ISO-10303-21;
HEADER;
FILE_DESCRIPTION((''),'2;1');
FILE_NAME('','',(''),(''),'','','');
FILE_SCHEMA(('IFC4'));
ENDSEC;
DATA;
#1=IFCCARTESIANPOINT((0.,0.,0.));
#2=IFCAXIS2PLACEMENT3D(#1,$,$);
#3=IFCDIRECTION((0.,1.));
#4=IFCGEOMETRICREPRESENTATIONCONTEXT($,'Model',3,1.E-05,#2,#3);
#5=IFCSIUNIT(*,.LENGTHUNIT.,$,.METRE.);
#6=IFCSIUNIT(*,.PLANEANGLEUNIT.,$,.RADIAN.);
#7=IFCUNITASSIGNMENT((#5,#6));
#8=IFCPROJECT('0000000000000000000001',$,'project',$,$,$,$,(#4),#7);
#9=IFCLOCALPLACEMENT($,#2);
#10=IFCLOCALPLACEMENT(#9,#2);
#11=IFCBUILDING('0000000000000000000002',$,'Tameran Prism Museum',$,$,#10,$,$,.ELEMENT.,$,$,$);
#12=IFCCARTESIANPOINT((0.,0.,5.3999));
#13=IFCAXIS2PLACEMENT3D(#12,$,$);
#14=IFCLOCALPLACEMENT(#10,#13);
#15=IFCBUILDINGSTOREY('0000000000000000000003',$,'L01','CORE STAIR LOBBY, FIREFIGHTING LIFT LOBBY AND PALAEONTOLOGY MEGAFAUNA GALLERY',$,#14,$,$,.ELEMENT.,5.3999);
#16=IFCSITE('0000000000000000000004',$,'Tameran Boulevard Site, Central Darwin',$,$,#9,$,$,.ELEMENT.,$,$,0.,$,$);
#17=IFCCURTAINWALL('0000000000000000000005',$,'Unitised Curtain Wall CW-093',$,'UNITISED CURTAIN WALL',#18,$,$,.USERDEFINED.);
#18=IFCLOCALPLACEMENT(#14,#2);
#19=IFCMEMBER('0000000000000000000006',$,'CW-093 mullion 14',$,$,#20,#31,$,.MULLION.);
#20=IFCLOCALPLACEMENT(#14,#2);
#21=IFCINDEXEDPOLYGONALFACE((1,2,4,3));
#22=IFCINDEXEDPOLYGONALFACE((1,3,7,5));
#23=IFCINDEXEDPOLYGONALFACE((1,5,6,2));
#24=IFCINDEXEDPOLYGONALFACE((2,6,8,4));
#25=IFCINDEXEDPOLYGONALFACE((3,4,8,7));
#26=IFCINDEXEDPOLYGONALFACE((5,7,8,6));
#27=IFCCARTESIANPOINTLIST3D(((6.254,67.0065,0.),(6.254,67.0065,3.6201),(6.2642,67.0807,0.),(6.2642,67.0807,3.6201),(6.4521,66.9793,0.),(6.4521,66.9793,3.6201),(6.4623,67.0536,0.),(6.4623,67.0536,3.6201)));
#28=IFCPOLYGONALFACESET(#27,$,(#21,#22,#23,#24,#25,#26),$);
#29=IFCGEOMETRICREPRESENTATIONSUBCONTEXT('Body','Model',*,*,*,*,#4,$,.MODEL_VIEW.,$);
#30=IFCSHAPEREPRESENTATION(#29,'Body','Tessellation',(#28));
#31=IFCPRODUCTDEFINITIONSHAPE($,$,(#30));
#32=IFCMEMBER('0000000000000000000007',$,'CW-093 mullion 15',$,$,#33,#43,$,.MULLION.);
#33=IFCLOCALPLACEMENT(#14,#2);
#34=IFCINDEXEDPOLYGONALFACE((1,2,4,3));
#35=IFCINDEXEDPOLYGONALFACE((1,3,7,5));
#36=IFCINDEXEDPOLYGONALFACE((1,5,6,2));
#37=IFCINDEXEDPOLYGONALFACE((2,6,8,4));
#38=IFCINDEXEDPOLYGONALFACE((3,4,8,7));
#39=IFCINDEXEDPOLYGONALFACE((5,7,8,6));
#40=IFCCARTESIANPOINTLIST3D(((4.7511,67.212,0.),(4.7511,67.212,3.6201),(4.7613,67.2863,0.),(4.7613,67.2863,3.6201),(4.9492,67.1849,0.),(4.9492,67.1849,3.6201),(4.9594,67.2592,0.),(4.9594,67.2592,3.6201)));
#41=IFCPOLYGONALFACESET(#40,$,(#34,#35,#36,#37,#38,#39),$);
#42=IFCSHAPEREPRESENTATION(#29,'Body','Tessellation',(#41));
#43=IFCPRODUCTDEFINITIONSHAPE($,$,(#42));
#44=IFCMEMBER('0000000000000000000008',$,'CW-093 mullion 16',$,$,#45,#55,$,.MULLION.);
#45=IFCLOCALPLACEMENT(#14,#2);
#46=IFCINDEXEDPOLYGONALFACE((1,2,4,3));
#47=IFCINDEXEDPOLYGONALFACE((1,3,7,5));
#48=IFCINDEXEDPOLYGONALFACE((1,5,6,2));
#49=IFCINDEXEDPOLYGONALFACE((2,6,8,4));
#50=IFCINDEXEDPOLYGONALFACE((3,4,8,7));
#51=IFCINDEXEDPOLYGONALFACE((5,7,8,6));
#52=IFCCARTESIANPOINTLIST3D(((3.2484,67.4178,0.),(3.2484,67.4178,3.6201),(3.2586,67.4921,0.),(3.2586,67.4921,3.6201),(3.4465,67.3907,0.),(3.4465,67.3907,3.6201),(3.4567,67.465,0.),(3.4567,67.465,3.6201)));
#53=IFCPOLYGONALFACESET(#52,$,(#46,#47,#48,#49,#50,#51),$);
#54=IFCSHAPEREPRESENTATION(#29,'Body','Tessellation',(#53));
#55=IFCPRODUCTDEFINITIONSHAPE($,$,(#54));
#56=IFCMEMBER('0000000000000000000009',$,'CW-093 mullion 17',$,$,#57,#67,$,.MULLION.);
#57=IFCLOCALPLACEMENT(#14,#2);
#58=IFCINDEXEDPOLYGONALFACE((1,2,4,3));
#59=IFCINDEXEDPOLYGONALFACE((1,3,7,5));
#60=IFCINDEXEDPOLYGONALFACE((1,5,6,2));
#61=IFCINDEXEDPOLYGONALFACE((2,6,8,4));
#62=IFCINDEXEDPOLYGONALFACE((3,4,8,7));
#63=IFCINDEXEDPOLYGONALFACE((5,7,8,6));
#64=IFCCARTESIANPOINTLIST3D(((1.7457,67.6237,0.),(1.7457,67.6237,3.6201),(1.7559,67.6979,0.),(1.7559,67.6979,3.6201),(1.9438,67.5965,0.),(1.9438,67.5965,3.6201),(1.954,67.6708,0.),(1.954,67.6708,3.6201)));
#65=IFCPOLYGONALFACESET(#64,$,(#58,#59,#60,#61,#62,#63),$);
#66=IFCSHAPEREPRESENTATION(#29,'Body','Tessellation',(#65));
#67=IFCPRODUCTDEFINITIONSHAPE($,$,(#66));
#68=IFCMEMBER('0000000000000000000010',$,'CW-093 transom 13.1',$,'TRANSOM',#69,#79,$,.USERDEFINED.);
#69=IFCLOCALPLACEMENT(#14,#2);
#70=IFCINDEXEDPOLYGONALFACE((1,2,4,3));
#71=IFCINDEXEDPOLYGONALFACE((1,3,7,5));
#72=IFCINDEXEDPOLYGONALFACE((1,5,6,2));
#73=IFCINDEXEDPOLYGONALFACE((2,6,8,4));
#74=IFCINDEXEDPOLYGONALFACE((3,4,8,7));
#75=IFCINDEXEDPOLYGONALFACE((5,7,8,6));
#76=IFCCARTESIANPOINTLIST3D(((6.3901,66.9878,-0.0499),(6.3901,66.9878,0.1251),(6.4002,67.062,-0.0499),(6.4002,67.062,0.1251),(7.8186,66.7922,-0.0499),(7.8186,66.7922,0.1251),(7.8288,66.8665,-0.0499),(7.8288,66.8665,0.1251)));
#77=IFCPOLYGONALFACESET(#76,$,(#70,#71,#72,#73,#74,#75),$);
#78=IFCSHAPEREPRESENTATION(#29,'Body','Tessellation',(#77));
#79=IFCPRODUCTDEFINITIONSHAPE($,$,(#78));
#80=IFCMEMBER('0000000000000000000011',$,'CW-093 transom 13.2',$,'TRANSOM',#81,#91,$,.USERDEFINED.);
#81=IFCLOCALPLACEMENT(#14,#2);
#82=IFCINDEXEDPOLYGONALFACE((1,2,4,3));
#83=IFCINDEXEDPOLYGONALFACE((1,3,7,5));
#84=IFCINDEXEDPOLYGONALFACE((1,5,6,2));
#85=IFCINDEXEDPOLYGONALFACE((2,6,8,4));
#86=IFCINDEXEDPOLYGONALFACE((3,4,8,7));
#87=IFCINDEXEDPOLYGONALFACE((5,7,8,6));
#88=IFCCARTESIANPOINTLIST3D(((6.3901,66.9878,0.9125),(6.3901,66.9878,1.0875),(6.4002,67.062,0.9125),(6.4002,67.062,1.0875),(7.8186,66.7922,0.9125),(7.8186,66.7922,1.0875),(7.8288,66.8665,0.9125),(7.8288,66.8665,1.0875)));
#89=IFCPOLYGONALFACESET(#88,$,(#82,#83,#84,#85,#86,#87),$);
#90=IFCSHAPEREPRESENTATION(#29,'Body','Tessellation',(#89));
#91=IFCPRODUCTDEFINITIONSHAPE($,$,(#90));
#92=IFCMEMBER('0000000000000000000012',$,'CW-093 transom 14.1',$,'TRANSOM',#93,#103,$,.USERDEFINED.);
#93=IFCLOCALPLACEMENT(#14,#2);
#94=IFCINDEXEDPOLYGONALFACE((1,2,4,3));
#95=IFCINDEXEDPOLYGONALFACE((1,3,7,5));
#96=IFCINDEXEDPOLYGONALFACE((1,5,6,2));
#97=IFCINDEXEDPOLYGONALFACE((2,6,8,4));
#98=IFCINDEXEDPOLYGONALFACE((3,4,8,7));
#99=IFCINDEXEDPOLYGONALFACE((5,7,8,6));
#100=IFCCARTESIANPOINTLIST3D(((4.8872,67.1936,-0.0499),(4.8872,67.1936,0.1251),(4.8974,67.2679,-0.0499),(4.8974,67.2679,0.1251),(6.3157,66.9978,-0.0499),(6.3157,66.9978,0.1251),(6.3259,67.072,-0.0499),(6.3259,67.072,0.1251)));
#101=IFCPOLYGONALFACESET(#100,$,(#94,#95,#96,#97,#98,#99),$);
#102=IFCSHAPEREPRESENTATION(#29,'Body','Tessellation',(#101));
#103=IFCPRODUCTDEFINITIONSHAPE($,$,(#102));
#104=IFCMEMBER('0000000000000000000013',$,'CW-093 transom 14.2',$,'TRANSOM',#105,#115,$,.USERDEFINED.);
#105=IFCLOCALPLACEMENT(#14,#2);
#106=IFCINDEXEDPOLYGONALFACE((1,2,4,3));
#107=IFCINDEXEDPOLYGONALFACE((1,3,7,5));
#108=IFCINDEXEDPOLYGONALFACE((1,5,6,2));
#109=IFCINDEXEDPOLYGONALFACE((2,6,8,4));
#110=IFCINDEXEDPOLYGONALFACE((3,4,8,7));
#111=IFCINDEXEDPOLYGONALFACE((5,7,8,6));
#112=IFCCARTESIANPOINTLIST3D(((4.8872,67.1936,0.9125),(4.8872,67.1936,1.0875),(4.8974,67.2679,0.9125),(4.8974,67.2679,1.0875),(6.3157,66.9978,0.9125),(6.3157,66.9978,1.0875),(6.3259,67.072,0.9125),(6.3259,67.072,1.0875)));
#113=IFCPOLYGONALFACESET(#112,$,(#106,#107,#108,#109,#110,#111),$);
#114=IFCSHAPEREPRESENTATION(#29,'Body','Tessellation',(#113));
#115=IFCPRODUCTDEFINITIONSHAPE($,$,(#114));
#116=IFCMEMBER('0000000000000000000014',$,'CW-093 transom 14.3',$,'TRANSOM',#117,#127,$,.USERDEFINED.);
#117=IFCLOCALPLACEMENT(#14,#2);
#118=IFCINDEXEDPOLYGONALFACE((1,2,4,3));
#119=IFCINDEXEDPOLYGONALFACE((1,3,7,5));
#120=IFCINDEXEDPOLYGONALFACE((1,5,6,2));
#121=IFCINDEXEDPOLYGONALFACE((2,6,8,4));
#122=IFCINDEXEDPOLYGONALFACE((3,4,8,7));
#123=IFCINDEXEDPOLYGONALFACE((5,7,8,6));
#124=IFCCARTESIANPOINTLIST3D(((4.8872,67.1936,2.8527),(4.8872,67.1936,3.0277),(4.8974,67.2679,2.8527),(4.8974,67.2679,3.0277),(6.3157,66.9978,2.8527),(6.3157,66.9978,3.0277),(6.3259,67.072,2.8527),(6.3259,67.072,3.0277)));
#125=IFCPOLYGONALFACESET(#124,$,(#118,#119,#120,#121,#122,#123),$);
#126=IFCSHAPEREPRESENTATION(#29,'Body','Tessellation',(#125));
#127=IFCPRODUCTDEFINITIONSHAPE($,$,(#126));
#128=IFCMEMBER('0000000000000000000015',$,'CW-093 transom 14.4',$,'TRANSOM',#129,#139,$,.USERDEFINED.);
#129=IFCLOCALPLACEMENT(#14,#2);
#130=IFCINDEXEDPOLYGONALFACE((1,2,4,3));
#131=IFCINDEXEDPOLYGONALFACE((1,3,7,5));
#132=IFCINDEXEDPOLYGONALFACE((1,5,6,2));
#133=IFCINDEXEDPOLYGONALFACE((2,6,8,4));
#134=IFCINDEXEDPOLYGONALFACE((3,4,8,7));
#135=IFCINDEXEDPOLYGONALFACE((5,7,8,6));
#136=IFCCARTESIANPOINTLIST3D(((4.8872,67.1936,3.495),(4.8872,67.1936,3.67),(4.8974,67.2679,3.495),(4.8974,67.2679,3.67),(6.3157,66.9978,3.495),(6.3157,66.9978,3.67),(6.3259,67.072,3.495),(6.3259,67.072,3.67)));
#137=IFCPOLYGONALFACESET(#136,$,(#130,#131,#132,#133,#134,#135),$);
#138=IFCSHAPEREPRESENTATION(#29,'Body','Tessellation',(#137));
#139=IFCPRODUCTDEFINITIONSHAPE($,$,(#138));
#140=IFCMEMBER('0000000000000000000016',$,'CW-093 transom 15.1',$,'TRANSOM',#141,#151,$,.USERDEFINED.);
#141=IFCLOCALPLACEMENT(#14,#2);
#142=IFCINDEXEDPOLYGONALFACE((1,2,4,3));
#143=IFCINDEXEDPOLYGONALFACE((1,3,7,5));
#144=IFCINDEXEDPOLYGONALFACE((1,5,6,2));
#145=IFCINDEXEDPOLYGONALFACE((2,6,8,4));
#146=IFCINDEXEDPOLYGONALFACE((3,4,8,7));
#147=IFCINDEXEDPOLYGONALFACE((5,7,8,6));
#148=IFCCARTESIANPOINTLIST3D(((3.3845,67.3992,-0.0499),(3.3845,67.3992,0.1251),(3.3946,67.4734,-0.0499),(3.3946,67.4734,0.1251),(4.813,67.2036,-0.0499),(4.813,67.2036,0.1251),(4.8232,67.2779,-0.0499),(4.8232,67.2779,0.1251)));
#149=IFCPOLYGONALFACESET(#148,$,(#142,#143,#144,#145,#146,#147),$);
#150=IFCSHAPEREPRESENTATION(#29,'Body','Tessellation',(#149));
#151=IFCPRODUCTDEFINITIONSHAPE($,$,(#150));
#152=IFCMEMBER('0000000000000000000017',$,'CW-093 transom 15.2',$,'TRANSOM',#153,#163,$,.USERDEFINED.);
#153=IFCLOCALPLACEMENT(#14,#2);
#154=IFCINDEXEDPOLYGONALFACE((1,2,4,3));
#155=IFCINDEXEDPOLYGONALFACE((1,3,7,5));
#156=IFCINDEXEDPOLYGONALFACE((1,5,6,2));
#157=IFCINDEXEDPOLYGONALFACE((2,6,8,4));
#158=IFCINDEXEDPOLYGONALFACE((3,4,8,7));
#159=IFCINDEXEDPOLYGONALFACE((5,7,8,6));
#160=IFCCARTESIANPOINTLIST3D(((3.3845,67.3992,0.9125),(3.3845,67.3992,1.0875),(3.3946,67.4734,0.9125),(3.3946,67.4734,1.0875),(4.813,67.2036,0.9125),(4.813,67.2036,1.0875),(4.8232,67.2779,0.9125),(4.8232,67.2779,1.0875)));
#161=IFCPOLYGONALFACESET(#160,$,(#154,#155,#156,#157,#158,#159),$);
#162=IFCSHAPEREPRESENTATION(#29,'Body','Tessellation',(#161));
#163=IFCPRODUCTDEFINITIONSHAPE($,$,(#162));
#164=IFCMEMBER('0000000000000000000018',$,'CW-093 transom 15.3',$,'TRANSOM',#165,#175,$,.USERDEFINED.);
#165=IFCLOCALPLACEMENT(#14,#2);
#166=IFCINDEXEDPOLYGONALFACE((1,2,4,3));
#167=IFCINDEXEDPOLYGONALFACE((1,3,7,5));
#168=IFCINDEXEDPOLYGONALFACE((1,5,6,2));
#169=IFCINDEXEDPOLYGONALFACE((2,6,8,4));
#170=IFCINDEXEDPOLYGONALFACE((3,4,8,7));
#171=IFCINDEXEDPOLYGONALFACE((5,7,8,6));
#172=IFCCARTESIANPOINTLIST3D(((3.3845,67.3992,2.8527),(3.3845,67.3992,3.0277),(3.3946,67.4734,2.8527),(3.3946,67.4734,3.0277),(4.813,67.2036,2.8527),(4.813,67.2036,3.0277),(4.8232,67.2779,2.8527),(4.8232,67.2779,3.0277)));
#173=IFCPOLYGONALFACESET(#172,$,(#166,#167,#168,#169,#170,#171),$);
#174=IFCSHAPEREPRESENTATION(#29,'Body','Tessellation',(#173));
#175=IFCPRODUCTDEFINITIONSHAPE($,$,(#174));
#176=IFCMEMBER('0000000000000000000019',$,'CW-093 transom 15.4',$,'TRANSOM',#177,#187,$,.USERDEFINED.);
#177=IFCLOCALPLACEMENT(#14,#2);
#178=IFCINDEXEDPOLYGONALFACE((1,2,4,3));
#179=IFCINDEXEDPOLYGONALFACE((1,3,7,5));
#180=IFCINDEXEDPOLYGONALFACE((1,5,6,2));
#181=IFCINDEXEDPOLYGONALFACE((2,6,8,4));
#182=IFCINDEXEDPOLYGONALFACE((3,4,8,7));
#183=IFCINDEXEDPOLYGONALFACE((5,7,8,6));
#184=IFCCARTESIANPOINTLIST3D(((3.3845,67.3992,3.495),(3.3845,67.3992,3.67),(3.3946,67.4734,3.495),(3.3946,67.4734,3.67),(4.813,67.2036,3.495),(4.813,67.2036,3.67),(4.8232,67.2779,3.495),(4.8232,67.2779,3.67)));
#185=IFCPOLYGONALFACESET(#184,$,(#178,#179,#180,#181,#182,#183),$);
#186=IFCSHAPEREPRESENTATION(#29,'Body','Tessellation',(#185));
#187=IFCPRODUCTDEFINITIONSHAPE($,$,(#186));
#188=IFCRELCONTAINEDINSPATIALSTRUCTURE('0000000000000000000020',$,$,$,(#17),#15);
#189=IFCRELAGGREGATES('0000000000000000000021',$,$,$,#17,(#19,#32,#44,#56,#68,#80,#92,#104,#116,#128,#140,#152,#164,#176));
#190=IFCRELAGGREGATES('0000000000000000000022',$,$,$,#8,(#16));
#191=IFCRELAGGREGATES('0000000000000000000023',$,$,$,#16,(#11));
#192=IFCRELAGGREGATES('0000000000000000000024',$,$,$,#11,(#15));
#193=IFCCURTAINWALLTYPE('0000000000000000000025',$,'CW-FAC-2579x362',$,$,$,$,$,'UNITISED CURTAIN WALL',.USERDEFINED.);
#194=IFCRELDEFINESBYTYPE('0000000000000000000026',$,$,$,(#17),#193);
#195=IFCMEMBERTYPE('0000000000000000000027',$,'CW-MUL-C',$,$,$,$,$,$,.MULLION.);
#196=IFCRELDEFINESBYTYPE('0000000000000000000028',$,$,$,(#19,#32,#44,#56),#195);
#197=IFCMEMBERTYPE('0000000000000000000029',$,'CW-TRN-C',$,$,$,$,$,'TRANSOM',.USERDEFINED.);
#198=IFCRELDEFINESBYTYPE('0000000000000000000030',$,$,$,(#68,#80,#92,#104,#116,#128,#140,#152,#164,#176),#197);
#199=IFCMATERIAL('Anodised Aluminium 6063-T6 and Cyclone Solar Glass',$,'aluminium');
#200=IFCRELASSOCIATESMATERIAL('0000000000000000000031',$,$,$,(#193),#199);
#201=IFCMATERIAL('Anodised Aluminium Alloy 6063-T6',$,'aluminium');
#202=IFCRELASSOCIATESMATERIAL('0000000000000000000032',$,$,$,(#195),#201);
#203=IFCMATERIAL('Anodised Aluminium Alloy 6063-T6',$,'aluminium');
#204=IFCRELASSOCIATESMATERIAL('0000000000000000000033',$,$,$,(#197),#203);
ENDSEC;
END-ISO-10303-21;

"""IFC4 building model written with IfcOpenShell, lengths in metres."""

from ifc_helpers import new_model, si_unit, direction, frame, origin, origin_2d, place, context, subcontext, project, spatial, rectangle, extrude, material, material_profile, profile_set, type_object, element, aggregate, save


model = new_model("IFC4")

# Units and contexts
model_context = context("Model", 3, precision=1e-05, world=origin(), true_north=direction((0.0, 1.0)))
body_context = subcontext(model_context, "Body", "Model", "MODEL_VIEW")
ifc_project = project(units=[si_unit("LENGTHUNIT", "METRE"), si_unit("PLANEANGLEUNIT", "RADIAN")], contexts=[model_context])

# Site, building, storey
site_placement = place(None, origin())
site = spatial("IfcSite", under=ifc_project, at=site_placement, Name="Tameran Boulevard Site, Central Darwin", CompositionType="ELEMENT", RefElevation=0.0)
building_placement = place(site_placement, origin())
building = spatial("IfcBuilding", under=site, at=building_placement, Name="Tameran Prism Museum", CompositionType="ELEMENT")
storey_placement = place(building_placement, frame((0.0, 0.0, 5.3999)))
storey = spatial("IfcBuildingStorey", under=building, at=storey_placement, Name="L01", Description="CORE STAIR LOBBY, FIREFIGHTING LIFT LOBBY AND PALAEONTOLOGY MEGAFAUNA GALLERY", CompositionType="ELEMENT", Elevation=5.3999)

# Curtain wall, members
ifc_material_1 = material(Name="Anodised Aluminium 6063-T6 and Cyclone Solar Glass", Category="aluminium")
curtain_wall_type = type_object("IfcCurtainWallType", Name="CW-FAC-2579x362", ElementType="UNITISED CURTAIN WALL", PredefinedType="USERDEFINED", material=ifc_material_1)
curtain_wall_placement = place(storey_placement, origin())
curtain_wall = element("IfcCurtainWall", 1, at=curtain_wall_placement, inside=storey, type_object=curtain_wall_type, Name="Unitised Curtain Wall CW-093", ObjectType="UNITISED CURTAIN WALL", PredefinedType="USERDEFINED")
ifc_material_2 = material(Name="Anodised Aluminium Alloy 6063-T6", Category="aluminium")
ifc_material_profile_1 = material_profile(ifc_material_2, rectangle(XDim=0.075, YDim=0.2, at=origin_2d()))
ifc_profile_set_1 = profile_set([ifc_material_profile_1])
member_type_1 = type_object("IfcMemberType", Name="CW-MUL-C", PredefinedType="MULLION", material=ifc_profile_set_1)
member_1_placement = place(storey_placement, frame((6.3582, 67.03, 0.0), z_axis=(0.0, 0.0, 1.0), x_axis=(-0.135658, -0.990756, 0.0)))
member_1 = element("IfcMember", 2, at=member_1_placement, type_object=member_type_1, Name="CW-093 mullion 14", PredefinedType="MULLION", context=body_context, shape_type="SweptSolid", body=[
    extrude(rectangle(XDim=0.075, YDim=0.2, at=origin_2d()), origin(), (0.0, 0.0, 1.0), 3.6201),
])
member_2_placement = place(storey_placement, frame((4.8552, 67.2356, 0.0), z_axis=(0.0, 0.0, 1.0), x_axis=(-0.135658, -0.990756, 0.0)))
member_2 = element("IfcMember", 3, at=member_2_placement, type_object=member_type_1, Name="CW-093 mullion 15", PredefinedType="MULLION", context=body_context, shape_type="SweptSolid", body=[
    extrude(rectangle(XDim=0.075, YDim=0.2, at=origin_2d()), origin(), (0.0, 0.0, 1.0), 3.6201),
])
member_3_placement = place(storey_placement, frame((3.3525, 67.4414, 0.0), z_axis=(0.0, 0.0, 1.0), x_axis=(-0.135658, -0.990756, 0.0)))
member_3 = element("IfcMember", 4, at=member_3_placement, type_object=member_type_1, Name="CW-093 mullion 16", PredefinedType="MULLION", context=body_context, shape_type="SweptSolid", body=[
    extrude(rectangle(XDim=0.075, YDim=0.2, at=origin_2d()), origin(), (0.0, 0.0, 1.0), 3.6201),
])
member_4_placement = place(storey_placement, frame((1.8499, 67.6472, 0.0), z_axis=(0.0, 0.0, 1.0), x_axis=(-0.135658, -0.990756, 0.0)))
member_4 = element("IfcMember", 5, at=member_4_placement, type_object=member_type_1, Name="CW-093 mullion 17", PredefinedType="MULLION", context=body_context, shape_type="SweptSolid", body=[
    extrude(rectangle(XDim=0.075, YDim=0.2, at=origin_2d()), origin(), (0.0, 0.0, 1.0), 3.6201),
])
ifc_material_3 = material(Name="Anodised Aluminium Alloy 6063-T6", Category="aluminium")
ifc_material_profile_2 = material_profile(ifc_material_3, rectangle(XDim=0.075, YDim=0.175, at=origin_2d()))
ifc_profile_set_2 = profile_set([ifc_material_profile_2])
member_type_2 = type_object("IfcMemberType", Name="CW-TRN-C", ElementType="TRANSOM", PredefinedType="USERDEFINED", material=ifc_profile_set_2)
member_5_placement = place(storey_placement, frame((7.8237, 66.8293, 0.0376), z_axis=(-0.990759, 0.135635, 0.0), x_axis=(-0.135635, -0.990759, 0.0)))
member_5 = element("IfcMember", 6, at=member_5_placement, type_object=member_type_2, Name="CW-093 transom 13.1", ObjectType="TRANSOM", PredefinedType="USERDEFINED", context=body_context, shape_type="SweptSolid", body=[
    extrude(rectangle(XDim=0.075, YDim=0.175, at=origin_2d()), origin(), (0.0, 0.0, 1.0), 1.4419),
])
member_6_placement = place(storey_placement, frame((7.8237, 66.8293, 1.0), z_axis=(-0.990759, 0.135635, 0.0), x_axis=(-0.135635, -0.990759, 0.0)))
member_6 = element("IfcMember", 7, at=member_6_placement, type_object=member_type_2, Name="CW-093 transom 13.2", ObjectType="TRANSOM", PredefinedType="USERDEFINED", context=body_context, shape_type="SweptSolid", body=[
    extrude(rectangle(XDim=0.075, YDim=0.175, at=origin_2d()), origin(), (0.0, 0.0, 1.0), 1.4419),
])
member_7_placement = place(storey_placement, frame((6.3208, 67.0349, 0.0376), z_axis=(-0.990736, 0.135801, 0.0), x_axis=(-0.135801, -0.990736, 0.0)))
member_7 = element("IfcMember", 8, at=member_7_placement, type_object=member_type_2, Name="CW-093 transom 14.1", ObjectType="TRANSOM", PredefinedType="USERDEFINED", context=body_context, shape_type="SweptSolid", body=[
    extrude(rectangle(XDim=0.075, YDim=0.175, at=origin_2d()), origin(), (0.0, 0.0, 1.0), 1.4419),
])
member_8_placement = place(storey_placement, frame((6.3208, 67.0349, 1.0), z_axis=(-0.990736, 0.135801, 0.0), x_axis=(-0.135801, -0.990736, 0.0)))
member_8 = element("IfcMember", 9, at=member_8_placement, type_object=member_type_2, Name="CW-093 transom 14.2", ObjectType="TRANSOM", PredefinedType="USERDEFINED", context=body_context, shape_type="SweptSolid", body=[
    extrude(rectangle(XDim=0.075, YDim=0.175, at=origin_2d()), origin(), (0.0, 0.0, 1.0), 1.4419),
])
member_9_placement = place(storey_placement, frame((6.3208, 67.0349, 2.9402), z_axis=(-0.990736, 0.135801, 0.0), x_axis=(-0.135801, -0.990736, 0.0)))
member_9 = element("IfcMember", 10, at=member_9_placement, type_object=member_type_2, Name="CW-093 transom 14.3", ObjectType="TRANSOM", PredefinedType="USERDEFINED", context=body_context, shape_type="SweptSolid", body=[
    extrude(rectangle(XDim=0.075, YDim=0.175, at=origin_2d()), origin(), (0.0, 0.0, 1.0), 1.4419),
])
member_10_placement = place(storey_placement, frame((6.3208, 67.0349, 3.5825), z_axis=(-0.990736, 0.135801, 0.0), x_axis=(-0.135801, -0.990736, 0.0)))
member_10 = element("IfcMember", 11, at=member_10_placement, type_object=member_type_2, Name="CW-093 transom 14.4", ObjectType="TRANSOM", PredefinedType="USERDEFINED", context=body_context, shape_type="SweptSolid", body=[
    extrude(rectangle(XDim=0.075, YDim=0.175, at=origin_2d()), origin(), (0.0, 0.0, 1.0), 1.4419),
])
member_11_placement = place(storey_placement, frame((4.8181, 67.2407, 0.0376), z_axis=(-0.990759, 0.135635, 0.0), x_axis=(-0.135635, -0.990759, 0.0)))
member_11 = element("IfcMember", 12, at=member_11_placement, type_object=member_type_2, Name="CW-093 transom 15.1", ObjectType="TRANSOM", PredefinedType="USERDEFINED", context=body_context, shape_type="SweptSolid", body=[
    extrude(rectangle(XDim=0.075, YDim=0.175, at=origin_2d()), origin(), (0.0, 0.0, 1.0), 1.4419),
])
member_12_placement = place(storey_placement, frame((4.8181, 67.2407, 1.0), z_axis=(-0.990759, 0.135635, 0.0), x_axis=(-0.135635, -0.990759, 0.0)))
member_12 = element("IfcMember", 13, at=member_12_placement, type_object=member_type_2, Name="CW-093 transom 15.2", ObjectType="TRANSOM", PredefinedType="USERDEFINED", context=body_context, shape_type="SweptSolid", body=[
    extrude(rectangle(XDim=0.075, YDim=0.175, at=origin_2d()), origin(), (0.0, 0.0, 1.0), 1.4419),
])
member_13_placement = place(storey_placement, frame((4.8181, 67.2407, 2.9402), z_axis=(-0.990759, 0.135635, 0.0), x_axis=(-0.135635, -0.990759, 0.0)))
member_13 = element("IfcMember", 14, at=member_13_placement, type_object=member_type_2, Name="CW-093 transom 15.3", ObjectType="TRANSOM", PredefinedType="USERDEFINED", context=body_context, shape_type="SweptSolid", body=[
    extrude(rectangle(XDim=0.075, YDim=0.175, at=origin_2d()), origin(), (0.0, 0.0, 1.0), 1.4419),
])
member_14_placement = place(storey_placement, frame((4.8181, 67.2407, 3.5825), z_axis=(-0.990759, 0.135635, 0.0), x_axis=(-0.135635, -0.990759, 0.0)))
member_14 = element("IfcMember", 15, at=member_14_placement, type_object=member_type_2, Name="CW-093 transom 15.4", ObjectType="TRANSOM", PredefinedType="USERDEFINED", context=body_context, shape_type="SweptSolid", body=[
    extrude(rectangle(XDim=0.075, YDim=0.175, at=origin_2d()), origin(), (0.0, 0.0, 1.0), 1.4419),
])
aggregate(curtain_wall, [member_1, member_2, member_3, member_4, member_5, member_6, member_7, member_8, member_9, member_10, member_11, member_12, member_13, member_14])

save(model, "model.ifc")
